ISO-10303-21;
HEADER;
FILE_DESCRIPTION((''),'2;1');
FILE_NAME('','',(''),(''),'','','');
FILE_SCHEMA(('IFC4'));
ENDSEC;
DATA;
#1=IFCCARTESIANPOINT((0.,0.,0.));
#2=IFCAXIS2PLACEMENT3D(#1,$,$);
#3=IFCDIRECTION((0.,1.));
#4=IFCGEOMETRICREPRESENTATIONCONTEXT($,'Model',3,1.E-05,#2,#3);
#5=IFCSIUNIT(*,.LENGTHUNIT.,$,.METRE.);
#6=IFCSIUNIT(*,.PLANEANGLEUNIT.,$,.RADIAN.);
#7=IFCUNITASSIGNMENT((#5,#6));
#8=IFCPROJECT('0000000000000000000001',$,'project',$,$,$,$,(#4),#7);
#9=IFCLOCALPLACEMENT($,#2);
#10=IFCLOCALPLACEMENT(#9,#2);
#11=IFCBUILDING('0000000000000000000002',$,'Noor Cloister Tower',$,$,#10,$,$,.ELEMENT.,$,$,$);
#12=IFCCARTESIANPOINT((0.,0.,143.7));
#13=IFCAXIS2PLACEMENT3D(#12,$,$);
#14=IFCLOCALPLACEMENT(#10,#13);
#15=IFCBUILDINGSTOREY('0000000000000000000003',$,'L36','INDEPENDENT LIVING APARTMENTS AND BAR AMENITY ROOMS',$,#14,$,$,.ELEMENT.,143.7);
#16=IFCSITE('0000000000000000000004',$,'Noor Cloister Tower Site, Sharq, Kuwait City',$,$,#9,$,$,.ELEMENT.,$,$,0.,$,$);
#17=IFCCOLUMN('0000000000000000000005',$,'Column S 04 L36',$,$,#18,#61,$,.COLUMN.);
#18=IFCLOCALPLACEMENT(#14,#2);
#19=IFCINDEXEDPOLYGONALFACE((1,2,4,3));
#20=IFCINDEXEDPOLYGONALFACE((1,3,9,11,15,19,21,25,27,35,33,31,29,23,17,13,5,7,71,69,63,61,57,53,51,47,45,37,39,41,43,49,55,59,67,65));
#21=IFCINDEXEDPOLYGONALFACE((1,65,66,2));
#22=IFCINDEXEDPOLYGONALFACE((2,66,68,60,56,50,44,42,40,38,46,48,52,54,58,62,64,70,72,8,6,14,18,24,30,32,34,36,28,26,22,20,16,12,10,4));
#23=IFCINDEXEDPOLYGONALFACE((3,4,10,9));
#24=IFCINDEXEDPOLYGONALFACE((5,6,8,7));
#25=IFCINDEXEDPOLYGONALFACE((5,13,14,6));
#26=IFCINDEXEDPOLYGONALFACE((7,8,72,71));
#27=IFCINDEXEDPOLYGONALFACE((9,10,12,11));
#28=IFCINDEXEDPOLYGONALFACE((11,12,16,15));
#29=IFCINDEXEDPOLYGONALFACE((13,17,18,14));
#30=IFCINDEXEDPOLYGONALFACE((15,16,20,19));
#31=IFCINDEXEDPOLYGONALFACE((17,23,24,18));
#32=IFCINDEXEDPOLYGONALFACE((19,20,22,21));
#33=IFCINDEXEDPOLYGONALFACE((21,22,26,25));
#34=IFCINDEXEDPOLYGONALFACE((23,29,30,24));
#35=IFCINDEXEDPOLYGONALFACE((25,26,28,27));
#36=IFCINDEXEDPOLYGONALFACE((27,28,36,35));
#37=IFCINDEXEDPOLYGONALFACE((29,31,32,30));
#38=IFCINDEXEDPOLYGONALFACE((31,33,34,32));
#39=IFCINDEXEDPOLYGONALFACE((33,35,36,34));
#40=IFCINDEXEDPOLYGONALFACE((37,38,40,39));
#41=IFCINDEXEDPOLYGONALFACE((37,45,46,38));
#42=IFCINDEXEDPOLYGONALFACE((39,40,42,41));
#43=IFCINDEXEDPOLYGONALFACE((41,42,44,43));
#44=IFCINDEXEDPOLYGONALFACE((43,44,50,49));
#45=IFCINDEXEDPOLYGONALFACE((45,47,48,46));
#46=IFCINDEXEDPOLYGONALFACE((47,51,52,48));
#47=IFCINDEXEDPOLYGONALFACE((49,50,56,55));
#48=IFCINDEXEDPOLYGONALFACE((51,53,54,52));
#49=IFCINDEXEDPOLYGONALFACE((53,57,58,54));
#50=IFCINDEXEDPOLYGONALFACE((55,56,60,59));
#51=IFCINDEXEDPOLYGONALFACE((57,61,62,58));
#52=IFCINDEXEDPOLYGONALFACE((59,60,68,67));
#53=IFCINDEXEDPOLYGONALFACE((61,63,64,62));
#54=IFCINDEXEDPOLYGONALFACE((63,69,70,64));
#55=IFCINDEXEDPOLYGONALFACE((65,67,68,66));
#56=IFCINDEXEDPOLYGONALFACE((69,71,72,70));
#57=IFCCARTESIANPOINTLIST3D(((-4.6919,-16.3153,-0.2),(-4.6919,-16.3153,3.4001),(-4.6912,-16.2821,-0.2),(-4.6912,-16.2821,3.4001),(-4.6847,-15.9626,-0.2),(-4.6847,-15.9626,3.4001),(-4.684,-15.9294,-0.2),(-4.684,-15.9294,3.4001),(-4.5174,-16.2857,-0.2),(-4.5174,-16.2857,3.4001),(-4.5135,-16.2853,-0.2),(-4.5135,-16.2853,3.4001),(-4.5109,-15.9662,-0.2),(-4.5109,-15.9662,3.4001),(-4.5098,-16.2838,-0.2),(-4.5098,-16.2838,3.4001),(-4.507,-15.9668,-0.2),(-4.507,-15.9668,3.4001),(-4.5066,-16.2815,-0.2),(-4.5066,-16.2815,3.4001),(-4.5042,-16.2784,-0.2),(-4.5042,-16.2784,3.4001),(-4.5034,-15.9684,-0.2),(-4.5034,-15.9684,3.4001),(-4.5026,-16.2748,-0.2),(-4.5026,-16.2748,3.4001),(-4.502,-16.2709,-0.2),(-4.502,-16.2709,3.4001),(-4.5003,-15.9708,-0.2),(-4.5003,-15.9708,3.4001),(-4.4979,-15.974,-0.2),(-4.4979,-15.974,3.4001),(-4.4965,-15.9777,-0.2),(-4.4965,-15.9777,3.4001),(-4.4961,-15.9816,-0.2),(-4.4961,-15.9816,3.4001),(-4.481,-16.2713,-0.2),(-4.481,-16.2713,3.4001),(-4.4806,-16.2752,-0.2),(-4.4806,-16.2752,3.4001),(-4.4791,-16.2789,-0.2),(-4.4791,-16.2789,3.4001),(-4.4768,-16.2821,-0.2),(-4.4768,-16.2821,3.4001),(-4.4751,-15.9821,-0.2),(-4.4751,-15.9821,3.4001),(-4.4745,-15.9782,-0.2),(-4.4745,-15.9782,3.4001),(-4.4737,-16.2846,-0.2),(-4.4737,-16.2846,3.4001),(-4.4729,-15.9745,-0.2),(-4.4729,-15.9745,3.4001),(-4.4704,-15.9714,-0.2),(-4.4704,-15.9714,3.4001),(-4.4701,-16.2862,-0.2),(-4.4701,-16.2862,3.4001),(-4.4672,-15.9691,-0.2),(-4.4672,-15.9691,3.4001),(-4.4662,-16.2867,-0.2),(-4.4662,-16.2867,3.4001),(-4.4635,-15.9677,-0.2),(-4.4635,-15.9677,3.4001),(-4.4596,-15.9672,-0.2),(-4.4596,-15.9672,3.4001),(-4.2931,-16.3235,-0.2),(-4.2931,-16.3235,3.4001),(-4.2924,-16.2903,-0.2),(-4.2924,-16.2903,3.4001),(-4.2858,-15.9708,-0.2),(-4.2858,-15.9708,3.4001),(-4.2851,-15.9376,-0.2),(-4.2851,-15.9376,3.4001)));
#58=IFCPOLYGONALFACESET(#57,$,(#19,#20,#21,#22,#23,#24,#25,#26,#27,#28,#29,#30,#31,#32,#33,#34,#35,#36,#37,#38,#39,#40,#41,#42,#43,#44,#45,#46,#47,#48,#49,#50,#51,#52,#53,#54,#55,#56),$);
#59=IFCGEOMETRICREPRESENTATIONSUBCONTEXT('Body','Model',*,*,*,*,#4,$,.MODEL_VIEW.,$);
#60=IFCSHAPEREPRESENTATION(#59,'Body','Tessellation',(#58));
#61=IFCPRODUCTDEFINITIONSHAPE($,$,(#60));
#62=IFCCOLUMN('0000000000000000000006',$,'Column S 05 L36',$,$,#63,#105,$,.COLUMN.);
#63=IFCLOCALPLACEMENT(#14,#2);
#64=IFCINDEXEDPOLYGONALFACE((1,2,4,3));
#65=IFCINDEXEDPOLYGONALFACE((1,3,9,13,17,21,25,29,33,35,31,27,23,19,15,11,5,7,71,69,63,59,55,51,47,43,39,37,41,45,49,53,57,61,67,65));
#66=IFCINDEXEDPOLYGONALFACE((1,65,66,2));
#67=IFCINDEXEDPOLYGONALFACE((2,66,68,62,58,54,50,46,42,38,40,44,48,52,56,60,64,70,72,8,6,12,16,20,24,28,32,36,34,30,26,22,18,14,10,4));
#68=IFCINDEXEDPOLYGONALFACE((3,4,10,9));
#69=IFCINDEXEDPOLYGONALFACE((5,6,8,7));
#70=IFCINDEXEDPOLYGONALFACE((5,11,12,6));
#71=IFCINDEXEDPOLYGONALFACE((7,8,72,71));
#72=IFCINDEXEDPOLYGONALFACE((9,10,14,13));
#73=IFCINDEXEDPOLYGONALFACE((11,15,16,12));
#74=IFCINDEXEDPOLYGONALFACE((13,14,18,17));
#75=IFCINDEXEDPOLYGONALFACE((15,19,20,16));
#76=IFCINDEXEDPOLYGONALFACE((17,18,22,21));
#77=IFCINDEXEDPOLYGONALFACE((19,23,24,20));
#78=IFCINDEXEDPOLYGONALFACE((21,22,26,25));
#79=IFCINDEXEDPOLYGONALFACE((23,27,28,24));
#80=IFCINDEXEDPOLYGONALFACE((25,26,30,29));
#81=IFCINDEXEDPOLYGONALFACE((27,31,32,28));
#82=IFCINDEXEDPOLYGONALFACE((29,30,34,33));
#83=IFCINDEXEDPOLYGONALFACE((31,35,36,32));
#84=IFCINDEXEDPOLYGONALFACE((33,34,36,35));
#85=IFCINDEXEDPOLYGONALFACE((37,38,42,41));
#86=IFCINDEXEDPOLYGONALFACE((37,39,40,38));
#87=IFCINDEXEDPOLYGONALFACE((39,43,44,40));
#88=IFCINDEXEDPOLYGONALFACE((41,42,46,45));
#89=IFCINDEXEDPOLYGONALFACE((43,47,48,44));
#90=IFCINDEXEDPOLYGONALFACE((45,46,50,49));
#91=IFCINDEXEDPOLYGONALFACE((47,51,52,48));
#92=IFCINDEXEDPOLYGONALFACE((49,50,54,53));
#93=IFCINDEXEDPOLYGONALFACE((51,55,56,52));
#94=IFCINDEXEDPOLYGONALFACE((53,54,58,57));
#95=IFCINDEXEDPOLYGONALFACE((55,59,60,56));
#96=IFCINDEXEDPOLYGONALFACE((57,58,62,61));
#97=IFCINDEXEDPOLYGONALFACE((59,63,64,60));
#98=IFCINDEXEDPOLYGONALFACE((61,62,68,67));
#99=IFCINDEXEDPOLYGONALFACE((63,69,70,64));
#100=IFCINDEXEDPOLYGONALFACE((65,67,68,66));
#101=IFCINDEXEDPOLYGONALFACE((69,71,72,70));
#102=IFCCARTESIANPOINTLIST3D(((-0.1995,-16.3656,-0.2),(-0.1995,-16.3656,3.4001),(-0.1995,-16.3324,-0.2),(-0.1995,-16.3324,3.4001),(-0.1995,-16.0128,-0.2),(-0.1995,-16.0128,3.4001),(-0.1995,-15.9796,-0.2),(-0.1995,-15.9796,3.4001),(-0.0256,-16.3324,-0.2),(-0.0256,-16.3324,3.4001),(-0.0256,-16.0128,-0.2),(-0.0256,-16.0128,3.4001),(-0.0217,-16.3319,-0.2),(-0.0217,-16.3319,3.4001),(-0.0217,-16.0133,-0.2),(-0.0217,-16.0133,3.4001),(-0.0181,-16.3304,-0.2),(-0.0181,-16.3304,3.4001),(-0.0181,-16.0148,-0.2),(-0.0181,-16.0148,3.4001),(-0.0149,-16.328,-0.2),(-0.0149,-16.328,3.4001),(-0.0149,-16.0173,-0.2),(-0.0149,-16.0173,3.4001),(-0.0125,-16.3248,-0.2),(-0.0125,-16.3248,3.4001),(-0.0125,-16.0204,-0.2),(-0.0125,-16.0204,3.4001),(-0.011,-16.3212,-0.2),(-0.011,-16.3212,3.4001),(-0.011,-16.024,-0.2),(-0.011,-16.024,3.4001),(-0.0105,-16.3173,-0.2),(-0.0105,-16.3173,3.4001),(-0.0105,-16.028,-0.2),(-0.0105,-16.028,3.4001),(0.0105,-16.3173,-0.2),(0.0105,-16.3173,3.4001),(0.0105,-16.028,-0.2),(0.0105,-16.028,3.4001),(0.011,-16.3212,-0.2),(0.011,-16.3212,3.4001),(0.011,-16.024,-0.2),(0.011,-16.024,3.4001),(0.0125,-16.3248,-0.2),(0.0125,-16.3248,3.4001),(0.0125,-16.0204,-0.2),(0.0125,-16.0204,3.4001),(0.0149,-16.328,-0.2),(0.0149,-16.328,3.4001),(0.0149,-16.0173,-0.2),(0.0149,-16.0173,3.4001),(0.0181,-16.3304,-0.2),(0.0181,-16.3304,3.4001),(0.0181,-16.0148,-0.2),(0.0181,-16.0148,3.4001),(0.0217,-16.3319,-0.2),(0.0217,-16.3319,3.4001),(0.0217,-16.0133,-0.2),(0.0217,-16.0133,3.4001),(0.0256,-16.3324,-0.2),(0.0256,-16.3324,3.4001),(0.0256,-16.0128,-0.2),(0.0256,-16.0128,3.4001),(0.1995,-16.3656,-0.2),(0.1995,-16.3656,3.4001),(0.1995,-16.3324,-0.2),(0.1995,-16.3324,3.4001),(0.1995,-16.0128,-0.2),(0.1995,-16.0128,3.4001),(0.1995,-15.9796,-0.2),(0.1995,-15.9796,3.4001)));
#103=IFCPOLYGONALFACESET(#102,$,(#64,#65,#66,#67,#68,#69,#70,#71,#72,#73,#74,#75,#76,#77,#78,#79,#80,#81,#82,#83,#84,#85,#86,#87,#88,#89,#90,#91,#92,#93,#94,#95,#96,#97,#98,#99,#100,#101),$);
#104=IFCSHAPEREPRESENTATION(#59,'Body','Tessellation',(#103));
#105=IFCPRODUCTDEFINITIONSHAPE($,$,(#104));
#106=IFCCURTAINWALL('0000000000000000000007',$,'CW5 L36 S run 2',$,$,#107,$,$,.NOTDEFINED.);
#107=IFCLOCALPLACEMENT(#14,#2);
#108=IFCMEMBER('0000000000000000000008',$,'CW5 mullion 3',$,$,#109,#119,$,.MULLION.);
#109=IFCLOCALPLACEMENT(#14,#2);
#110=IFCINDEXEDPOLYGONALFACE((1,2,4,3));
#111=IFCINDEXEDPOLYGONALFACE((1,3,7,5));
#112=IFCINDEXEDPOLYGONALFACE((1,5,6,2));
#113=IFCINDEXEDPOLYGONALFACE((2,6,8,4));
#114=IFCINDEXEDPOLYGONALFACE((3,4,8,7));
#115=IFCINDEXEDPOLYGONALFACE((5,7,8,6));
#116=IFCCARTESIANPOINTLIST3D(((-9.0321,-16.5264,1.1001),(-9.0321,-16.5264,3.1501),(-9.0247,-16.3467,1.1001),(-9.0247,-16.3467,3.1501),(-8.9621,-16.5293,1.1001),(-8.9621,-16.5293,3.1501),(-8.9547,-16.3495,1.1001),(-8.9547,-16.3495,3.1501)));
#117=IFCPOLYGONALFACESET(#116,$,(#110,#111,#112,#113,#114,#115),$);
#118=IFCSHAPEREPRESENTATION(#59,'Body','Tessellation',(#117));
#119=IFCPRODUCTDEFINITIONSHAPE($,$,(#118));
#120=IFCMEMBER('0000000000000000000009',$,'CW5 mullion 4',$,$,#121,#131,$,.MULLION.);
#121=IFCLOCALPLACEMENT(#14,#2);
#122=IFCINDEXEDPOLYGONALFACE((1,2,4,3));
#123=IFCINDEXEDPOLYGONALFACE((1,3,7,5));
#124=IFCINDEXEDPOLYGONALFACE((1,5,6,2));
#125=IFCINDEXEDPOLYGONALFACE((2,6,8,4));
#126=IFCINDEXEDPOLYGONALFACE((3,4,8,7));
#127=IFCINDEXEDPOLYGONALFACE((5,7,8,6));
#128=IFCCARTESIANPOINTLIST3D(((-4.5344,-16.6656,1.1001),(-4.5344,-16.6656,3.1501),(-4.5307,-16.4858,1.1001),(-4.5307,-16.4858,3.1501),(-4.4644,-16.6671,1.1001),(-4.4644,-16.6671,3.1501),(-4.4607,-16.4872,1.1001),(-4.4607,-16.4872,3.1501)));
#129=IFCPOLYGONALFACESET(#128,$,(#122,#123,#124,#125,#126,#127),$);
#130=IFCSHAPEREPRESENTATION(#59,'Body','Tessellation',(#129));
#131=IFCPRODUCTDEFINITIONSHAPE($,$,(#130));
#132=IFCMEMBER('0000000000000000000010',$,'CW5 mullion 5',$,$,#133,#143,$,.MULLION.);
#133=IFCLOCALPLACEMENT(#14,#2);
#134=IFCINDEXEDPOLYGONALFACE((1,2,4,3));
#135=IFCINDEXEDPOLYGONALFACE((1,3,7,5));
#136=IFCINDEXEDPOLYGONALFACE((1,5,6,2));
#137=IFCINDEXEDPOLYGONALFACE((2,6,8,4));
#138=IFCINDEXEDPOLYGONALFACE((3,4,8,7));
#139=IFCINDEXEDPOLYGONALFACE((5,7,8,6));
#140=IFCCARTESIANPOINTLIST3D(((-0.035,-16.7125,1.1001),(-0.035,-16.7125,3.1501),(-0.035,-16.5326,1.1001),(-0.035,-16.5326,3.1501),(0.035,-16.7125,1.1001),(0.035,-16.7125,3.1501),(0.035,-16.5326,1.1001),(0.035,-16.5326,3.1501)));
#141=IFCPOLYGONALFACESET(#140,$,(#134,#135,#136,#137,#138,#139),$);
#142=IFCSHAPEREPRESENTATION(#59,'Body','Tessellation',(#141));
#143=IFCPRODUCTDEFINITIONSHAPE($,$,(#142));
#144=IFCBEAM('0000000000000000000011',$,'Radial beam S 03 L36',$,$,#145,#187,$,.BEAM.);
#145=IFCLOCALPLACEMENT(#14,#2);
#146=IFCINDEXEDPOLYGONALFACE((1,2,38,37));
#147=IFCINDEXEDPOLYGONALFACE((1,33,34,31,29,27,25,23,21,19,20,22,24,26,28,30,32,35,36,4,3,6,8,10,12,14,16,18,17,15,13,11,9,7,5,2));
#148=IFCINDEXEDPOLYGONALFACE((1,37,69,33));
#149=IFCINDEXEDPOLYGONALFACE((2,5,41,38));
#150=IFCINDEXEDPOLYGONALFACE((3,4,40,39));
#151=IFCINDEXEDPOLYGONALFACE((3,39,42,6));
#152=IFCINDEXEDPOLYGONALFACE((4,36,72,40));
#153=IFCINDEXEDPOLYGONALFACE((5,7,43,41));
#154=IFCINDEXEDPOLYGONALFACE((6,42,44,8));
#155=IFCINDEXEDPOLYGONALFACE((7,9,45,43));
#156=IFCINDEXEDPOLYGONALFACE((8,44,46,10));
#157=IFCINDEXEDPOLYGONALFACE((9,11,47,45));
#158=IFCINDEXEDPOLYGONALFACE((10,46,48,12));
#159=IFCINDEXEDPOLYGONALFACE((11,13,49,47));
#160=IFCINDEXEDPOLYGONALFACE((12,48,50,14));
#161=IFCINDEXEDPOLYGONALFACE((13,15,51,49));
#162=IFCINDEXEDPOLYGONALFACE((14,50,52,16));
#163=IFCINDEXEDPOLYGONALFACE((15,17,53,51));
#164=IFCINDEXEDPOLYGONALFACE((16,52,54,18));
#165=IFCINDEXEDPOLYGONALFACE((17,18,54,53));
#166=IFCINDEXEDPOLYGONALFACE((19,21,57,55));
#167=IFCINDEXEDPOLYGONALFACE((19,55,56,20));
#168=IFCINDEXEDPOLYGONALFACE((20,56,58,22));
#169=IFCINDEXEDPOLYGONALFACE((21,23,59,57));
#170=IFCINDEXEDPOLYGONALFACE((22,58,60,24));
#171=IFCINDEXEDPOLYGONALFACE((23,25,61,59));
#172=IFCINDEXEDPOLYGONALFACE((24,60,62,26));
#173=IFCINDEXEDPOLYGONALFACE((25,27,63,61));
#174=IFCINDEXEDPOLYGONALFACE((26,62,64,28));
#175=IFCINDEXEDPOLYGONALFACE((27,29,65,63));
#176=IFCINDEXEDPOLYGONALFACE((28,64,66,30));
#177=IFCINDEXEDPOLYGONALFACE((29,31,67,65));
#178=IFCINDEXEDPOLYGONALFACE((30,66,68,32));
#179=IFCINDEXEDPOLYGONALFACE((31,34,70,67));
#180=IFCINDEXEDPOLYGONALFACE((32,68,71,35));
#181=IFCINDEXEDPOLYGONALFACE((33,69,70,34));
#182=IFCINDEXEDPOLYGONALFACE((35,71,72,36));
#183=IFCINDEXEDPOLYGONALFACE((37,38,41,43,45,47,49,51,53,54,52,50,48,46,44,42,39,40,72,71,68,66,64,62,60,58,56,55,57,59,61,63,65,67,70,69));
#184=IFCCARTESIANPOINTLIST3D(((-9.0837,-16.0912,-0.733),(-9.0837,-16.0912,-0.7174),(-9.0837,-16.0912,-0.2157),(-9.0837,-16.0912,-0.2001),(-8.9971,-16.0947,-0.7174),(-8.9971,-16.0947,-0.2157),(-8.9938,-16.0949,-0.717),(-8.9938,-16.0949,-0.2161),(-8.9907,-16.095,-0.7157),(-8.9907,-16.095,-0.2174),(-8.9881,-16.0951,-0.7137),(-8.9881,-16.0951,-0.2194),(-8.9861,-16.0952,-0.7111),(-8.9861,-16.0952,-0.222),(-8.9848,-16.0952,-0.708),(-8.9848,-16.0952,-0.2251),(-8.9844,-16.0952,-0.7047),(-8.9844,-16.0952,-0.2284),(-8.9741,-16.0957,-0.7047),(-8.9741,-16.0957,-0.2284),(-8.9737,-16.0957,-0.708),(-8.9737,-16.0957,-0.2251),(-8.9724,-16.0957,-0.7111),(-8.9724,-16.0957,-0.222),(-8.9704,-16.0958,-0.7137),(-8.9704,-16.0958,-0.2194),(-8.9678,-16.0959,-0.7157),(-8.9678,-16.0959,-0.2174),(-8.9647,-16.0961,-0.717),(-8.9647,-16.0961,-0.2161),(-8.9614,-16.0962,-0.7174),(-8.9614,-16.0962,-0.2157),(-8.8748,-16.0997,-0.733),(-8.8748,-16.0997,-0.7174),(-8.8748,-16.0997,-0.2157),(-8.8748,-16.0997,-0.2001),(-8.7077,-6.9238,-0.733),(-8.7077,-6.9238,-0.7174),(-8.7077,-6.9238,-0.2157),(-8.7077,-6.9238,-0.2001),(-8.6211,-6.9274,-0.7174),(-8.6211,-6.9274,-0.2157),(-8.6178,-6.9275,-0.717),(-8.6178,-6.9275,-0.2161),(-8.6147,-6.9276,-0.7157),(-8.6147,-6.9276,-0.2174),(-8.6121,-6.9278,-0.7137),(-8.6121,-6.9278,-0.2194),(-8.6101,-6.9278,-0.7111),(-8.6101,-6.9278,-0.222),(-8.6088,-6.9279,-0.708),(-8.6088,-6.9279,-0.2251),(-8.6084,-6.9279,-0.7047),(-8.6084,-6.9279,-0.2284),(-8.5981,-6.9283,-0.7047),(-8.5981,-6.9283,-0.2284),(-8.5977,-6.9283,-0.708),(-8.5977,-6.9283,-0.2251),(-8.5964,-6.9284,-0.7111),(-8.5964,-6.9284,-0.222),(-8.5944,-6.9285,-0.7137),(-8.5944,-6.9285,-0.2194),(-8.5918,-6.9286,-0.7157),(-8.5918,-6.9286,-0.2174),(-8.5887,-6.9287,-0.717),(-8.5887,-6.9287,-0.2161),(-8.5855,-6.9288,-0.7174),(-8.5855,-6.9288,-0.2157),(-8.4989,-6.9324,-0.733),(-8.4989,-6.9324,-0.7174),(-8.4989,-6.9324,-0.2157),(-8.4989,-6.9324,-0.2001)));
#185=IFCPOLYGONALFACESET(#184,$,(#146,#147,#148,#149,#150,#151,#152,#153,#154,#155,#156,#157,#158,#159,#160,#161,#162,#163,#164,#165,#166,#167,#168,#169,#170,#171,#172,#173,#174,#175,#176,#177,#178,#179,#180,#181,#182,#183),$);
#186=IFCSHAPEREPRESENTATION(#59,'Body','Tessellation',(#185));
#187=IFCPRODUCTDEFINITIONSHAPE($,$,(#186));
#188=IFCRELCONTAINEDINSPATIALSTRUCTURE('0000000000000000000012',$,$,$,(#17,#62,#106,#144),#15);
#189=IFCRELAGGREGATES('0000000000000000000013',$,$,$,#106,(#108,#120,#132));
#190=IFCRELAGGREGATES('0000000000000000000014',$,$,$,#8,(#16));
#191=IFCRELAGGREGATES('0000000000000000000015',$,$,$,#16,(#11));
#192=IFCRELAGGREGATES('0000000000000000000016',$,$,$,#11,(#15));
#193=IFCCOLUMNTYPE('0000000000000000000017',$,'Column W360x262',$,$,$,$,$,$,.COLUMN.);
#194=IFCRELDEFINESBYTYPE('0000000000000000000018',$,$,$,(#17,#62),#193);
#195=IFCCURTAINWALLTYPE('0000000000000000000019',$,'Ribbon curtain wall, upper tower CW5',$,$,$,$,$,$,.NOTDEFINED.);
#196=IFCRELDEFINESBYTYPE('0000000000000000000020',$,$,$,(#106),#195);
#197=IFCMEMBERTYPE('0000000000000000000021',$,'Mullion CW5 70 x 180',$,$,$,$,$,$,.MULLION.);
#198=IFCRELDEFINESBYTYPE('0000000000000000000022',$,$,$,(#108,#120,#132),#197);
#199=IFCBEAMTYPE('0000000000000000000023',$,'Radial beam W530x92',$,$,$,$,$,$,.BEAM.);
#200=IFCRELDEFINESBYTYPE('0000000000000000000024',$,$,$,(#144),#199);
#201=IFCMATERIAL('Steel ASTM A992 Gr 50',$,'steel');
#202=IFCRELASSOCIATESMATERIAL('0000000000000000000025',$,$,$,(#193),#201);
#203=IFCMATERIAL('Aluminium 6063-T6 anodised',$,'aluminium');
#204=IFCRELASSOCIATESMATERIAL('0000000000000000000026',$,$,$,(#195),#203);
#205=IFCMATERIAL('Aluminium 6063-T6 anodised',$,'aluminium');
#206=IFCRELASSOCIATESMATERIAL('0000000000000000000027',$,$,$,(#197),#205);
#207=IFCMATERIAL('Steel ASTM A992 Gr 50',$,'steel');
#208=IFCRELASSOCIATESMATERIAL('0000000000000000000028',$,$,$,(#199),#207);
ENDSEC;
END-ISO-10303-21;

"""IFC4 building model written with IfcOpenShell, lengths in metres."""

from ifc_helpers import new_model, si_unit, direction, frame, origin, origin_2d, place, context, subcontext, project, spatial, rectangle, i_section, extrude, material, material_profile, profile_set, type_object, element, aggregate, save


model = new_model("IFC4")

# Units and contexts
model_context = context("Model", 3, precision=1e-05, world=origin(), true_north=direction((0.0, 1.0)))
body_context = subcontext(model_context, "Body", "Model", "MODEL_VIEW")
ifc_project = project(units=[si_unit("LENGTHUNIT", "METRE"), si_unit("PLANEANGLEUNIT", "RADIAN")], contexts=[model_context])

# Site, building, storey
site_placement = place(None, origin())
site = spatial("IfcSite", under=ifc_project, at=site_placement, Name="Noor Cloister Tower Site, Sharq, Kuwait City", CompositionType="ELEMENT", RefElevation=0.0)
building_placement = place(site_placement, origin())
building = spatial("IfcBuilding", under=site, at=building_placement, Name="Noor Cloister Tower", CompositionType="ELEMENT")
storey_placement = place(building_placement, frame((0.0, 0.0, 143.7)))
storey = spatial("IfcBuildingStorey", under=building, at=storey_placement, Name="L36", Description="INDEPENDENT LIVING APARTMENTS AND BAR AMENITY ROOMS", CompositionType="ELEMENT", Elevation=143.7)

# Columns
ifc_material_1 = material(Name="Steel ASTM A992 Gr 50", Category="steel")
ifc_material_profile_1 = material_profile(ifc_material_1, i_section(OverallWidth=0.3989, OverallDepth=0.386, WebThickness=0.021, FlangeThickness=0.0332, FilletRadius=0.0151, at=origin_2d()), Name="W360x262")
ifc_profile_set_1 = profile_set([ifc_material_profile_1], Name="Steel ASTM A992 Gr 50")
column_type = type_object("IfcColumnType", Name="Column W360x262", PredefinedType="COLUMN", material=ifc_profile_set_1)
for number, where, z_axis, x_axis, name in (
    (1, (-4.4885, -16.1265, -0.2), (0.0, 0.0, 1.0), (0.99979, -0.020502, 0.0), "Column S 04 L36"),
    (2, (0.0, -16.1726, -0.2), (0.0, 0.0, 1.0), (1.0, 0.0, 0.0), "Column S 05 L36"),
):
    element("IfcColumn", number, at=place(storey_placement, frame(where, z_axis=z_axis, x_axis=x_axis)), inside=storey, type_object=column_type, Name=name, PredefinedType="COLUMN", context=body_context, shape_type="SweptSolid", body=[
        extrude(i_section(OverallWidth=0.3989, OverallDepth=0.386, WebThickness=0.021, FlangeThickness=0.0332, FilletRadius=0.0151, at=origin_2d()), origin(), (0.0, 0.0, 1.0), 3.6001),
    ])

# Curtain wall, members
ifc_material_2 = material(Name="Aluminium 6063-T6 anodised", Category="aluminium")
curtain_wall_type = type_object("IfcCurtainWallType", Name="Ribbon curtain wall, upper tower CW5", PredefinedType="NOTDEFINED", material=ifc_material_2)
curtain_wall_placement = place(storey_placement, origin())
curtain_wall = element("IfcCurtainWall", 3, at=curtain_wall_placement, inside=storey, type_object=curtain_wall_type, Name="CW5 L36 S run 2", PredefinedType="NOTDEFINED")
ifc_material_3 = material(Name="Aluminium 6063-T6 anodised", Category="aluminium")
ifc_material_profile_2 = material_profile(ifc_material_3, rectangle(XDim=0.1799, YDim=0.0701, at=origin_2d()), Name="180 x 70 mullion")
ifc_profile_set_2 = profile_set([ifc_material_profile_2], Name="Aluminium 6063-T6 anodised")
member_type = type_object("IfcMemberType", Name="Mullion CW5 70 x 180", PredefinedType="MULLION", material=ifc_profile_set_2)
member_1_placement = place(storey_placement, frame((-8.9934, -16.438, 1.1001), z_axis=(0.0, 0.0, 1.0), x_axis=(0.040995, 0.999159, 0.0)))
member_1 = element("IfcMember", 4, at=member_1_placement, type_object=member_type, Name="CW5 mullion 3", PredefinedType="MULLION", context=body_context, shape_type="SweptSolid", body=[
    extrude(rectangle(XDim=0.1799, YDim=0.0701, at=origin_2d()), origin(), (0.0, 0.0, 1.0), 2.05),
])
member_2_placement = place(storey_placement, frame((-4.4976, -16.5764, 1.1001), z_axis=(0.0, 0.0, 1.0), x_axis=(0.020502, 0.99979, 0.0)))
member_2 = element("IfcMember", 5, at=member_2_placement, type_object=member_type, Name="CW5 mullion 4", PredefinedType="MULLION", context=body_context, shape_type="SweptSolid", body=[
    extrude(rectangle(XDim=0.1799, YDim=0.0701, at=origin_2d()), origin(), (0.0, 0.0, 1.0), 2.05),
])
member_3_placement = place(storey_placement, frame((0.0, -16.6226, 1.1001), z_axis=(0.0, 0.0, 1.0), x_axis=(0.0, 1.0, 0.0)))
member_3 = element("IfcMember", 6, at=member_3_placement, type_object=member_type, Name="CW5 mullion 5", PredefinedType="MULLION", context=body_context, shape_type="SweptSolid", body=[
    extrude(rectangle(XDim=0.1799, YDim=0.0701, at=origin_2d()), origin(), (0.0, 0.0, 1.0), 2.05),
])

# Beam
ifc_material_4 = material(Name="Steel ASTM A992 Gr 50", Category="steel")
ifc_material_profile_3 = material_profile(ifc_material_4, i_section(OverallWidth=0.209, OverallDepth=0.533, WebThickness=0.0103, FlangeThickness=0.0156, FilletRadius=0.0127, at=origin_2d()), Name="W530x92")
ifc_profile_set_3 = profile_set([ifc_material_profile_3], Name="Steel ASTM A992 Gr 50")
beam_type_1 = type_object("IfcBeamType", Name="Radial beam W530x92", PredefinedType="BEAM", material=ifc_profile_set_3)
beam_1_placement = place(storey_placement, frame((-8.9792, -16.0955, -0.4666), z_axis=(0.040979, 0.99916, 0.0), x_axis=(-0.99916, 0.040979, 0.0)))
element("IfcBeam", 7, at=beam_1_placement, inside=storey, type_object=beam_type_1, Name="Radial beam S 03 L36", PredefinedType="BEAM", context=body_context, shape_type="SweptSolid", body=[
    extrude(i_section(OverallWidth=0.209, OverallDepth=0.533, WebThickness=0.0103, FlangeThickness=0.0156, FilletRadius=0.0127, at=origin_2d()), origin(), (0.0, 0.0, 1.0), 9.175),
])

aggregate(curtain_wall, [member_1, member_2, member_3])

save(model, "model.ifc")
